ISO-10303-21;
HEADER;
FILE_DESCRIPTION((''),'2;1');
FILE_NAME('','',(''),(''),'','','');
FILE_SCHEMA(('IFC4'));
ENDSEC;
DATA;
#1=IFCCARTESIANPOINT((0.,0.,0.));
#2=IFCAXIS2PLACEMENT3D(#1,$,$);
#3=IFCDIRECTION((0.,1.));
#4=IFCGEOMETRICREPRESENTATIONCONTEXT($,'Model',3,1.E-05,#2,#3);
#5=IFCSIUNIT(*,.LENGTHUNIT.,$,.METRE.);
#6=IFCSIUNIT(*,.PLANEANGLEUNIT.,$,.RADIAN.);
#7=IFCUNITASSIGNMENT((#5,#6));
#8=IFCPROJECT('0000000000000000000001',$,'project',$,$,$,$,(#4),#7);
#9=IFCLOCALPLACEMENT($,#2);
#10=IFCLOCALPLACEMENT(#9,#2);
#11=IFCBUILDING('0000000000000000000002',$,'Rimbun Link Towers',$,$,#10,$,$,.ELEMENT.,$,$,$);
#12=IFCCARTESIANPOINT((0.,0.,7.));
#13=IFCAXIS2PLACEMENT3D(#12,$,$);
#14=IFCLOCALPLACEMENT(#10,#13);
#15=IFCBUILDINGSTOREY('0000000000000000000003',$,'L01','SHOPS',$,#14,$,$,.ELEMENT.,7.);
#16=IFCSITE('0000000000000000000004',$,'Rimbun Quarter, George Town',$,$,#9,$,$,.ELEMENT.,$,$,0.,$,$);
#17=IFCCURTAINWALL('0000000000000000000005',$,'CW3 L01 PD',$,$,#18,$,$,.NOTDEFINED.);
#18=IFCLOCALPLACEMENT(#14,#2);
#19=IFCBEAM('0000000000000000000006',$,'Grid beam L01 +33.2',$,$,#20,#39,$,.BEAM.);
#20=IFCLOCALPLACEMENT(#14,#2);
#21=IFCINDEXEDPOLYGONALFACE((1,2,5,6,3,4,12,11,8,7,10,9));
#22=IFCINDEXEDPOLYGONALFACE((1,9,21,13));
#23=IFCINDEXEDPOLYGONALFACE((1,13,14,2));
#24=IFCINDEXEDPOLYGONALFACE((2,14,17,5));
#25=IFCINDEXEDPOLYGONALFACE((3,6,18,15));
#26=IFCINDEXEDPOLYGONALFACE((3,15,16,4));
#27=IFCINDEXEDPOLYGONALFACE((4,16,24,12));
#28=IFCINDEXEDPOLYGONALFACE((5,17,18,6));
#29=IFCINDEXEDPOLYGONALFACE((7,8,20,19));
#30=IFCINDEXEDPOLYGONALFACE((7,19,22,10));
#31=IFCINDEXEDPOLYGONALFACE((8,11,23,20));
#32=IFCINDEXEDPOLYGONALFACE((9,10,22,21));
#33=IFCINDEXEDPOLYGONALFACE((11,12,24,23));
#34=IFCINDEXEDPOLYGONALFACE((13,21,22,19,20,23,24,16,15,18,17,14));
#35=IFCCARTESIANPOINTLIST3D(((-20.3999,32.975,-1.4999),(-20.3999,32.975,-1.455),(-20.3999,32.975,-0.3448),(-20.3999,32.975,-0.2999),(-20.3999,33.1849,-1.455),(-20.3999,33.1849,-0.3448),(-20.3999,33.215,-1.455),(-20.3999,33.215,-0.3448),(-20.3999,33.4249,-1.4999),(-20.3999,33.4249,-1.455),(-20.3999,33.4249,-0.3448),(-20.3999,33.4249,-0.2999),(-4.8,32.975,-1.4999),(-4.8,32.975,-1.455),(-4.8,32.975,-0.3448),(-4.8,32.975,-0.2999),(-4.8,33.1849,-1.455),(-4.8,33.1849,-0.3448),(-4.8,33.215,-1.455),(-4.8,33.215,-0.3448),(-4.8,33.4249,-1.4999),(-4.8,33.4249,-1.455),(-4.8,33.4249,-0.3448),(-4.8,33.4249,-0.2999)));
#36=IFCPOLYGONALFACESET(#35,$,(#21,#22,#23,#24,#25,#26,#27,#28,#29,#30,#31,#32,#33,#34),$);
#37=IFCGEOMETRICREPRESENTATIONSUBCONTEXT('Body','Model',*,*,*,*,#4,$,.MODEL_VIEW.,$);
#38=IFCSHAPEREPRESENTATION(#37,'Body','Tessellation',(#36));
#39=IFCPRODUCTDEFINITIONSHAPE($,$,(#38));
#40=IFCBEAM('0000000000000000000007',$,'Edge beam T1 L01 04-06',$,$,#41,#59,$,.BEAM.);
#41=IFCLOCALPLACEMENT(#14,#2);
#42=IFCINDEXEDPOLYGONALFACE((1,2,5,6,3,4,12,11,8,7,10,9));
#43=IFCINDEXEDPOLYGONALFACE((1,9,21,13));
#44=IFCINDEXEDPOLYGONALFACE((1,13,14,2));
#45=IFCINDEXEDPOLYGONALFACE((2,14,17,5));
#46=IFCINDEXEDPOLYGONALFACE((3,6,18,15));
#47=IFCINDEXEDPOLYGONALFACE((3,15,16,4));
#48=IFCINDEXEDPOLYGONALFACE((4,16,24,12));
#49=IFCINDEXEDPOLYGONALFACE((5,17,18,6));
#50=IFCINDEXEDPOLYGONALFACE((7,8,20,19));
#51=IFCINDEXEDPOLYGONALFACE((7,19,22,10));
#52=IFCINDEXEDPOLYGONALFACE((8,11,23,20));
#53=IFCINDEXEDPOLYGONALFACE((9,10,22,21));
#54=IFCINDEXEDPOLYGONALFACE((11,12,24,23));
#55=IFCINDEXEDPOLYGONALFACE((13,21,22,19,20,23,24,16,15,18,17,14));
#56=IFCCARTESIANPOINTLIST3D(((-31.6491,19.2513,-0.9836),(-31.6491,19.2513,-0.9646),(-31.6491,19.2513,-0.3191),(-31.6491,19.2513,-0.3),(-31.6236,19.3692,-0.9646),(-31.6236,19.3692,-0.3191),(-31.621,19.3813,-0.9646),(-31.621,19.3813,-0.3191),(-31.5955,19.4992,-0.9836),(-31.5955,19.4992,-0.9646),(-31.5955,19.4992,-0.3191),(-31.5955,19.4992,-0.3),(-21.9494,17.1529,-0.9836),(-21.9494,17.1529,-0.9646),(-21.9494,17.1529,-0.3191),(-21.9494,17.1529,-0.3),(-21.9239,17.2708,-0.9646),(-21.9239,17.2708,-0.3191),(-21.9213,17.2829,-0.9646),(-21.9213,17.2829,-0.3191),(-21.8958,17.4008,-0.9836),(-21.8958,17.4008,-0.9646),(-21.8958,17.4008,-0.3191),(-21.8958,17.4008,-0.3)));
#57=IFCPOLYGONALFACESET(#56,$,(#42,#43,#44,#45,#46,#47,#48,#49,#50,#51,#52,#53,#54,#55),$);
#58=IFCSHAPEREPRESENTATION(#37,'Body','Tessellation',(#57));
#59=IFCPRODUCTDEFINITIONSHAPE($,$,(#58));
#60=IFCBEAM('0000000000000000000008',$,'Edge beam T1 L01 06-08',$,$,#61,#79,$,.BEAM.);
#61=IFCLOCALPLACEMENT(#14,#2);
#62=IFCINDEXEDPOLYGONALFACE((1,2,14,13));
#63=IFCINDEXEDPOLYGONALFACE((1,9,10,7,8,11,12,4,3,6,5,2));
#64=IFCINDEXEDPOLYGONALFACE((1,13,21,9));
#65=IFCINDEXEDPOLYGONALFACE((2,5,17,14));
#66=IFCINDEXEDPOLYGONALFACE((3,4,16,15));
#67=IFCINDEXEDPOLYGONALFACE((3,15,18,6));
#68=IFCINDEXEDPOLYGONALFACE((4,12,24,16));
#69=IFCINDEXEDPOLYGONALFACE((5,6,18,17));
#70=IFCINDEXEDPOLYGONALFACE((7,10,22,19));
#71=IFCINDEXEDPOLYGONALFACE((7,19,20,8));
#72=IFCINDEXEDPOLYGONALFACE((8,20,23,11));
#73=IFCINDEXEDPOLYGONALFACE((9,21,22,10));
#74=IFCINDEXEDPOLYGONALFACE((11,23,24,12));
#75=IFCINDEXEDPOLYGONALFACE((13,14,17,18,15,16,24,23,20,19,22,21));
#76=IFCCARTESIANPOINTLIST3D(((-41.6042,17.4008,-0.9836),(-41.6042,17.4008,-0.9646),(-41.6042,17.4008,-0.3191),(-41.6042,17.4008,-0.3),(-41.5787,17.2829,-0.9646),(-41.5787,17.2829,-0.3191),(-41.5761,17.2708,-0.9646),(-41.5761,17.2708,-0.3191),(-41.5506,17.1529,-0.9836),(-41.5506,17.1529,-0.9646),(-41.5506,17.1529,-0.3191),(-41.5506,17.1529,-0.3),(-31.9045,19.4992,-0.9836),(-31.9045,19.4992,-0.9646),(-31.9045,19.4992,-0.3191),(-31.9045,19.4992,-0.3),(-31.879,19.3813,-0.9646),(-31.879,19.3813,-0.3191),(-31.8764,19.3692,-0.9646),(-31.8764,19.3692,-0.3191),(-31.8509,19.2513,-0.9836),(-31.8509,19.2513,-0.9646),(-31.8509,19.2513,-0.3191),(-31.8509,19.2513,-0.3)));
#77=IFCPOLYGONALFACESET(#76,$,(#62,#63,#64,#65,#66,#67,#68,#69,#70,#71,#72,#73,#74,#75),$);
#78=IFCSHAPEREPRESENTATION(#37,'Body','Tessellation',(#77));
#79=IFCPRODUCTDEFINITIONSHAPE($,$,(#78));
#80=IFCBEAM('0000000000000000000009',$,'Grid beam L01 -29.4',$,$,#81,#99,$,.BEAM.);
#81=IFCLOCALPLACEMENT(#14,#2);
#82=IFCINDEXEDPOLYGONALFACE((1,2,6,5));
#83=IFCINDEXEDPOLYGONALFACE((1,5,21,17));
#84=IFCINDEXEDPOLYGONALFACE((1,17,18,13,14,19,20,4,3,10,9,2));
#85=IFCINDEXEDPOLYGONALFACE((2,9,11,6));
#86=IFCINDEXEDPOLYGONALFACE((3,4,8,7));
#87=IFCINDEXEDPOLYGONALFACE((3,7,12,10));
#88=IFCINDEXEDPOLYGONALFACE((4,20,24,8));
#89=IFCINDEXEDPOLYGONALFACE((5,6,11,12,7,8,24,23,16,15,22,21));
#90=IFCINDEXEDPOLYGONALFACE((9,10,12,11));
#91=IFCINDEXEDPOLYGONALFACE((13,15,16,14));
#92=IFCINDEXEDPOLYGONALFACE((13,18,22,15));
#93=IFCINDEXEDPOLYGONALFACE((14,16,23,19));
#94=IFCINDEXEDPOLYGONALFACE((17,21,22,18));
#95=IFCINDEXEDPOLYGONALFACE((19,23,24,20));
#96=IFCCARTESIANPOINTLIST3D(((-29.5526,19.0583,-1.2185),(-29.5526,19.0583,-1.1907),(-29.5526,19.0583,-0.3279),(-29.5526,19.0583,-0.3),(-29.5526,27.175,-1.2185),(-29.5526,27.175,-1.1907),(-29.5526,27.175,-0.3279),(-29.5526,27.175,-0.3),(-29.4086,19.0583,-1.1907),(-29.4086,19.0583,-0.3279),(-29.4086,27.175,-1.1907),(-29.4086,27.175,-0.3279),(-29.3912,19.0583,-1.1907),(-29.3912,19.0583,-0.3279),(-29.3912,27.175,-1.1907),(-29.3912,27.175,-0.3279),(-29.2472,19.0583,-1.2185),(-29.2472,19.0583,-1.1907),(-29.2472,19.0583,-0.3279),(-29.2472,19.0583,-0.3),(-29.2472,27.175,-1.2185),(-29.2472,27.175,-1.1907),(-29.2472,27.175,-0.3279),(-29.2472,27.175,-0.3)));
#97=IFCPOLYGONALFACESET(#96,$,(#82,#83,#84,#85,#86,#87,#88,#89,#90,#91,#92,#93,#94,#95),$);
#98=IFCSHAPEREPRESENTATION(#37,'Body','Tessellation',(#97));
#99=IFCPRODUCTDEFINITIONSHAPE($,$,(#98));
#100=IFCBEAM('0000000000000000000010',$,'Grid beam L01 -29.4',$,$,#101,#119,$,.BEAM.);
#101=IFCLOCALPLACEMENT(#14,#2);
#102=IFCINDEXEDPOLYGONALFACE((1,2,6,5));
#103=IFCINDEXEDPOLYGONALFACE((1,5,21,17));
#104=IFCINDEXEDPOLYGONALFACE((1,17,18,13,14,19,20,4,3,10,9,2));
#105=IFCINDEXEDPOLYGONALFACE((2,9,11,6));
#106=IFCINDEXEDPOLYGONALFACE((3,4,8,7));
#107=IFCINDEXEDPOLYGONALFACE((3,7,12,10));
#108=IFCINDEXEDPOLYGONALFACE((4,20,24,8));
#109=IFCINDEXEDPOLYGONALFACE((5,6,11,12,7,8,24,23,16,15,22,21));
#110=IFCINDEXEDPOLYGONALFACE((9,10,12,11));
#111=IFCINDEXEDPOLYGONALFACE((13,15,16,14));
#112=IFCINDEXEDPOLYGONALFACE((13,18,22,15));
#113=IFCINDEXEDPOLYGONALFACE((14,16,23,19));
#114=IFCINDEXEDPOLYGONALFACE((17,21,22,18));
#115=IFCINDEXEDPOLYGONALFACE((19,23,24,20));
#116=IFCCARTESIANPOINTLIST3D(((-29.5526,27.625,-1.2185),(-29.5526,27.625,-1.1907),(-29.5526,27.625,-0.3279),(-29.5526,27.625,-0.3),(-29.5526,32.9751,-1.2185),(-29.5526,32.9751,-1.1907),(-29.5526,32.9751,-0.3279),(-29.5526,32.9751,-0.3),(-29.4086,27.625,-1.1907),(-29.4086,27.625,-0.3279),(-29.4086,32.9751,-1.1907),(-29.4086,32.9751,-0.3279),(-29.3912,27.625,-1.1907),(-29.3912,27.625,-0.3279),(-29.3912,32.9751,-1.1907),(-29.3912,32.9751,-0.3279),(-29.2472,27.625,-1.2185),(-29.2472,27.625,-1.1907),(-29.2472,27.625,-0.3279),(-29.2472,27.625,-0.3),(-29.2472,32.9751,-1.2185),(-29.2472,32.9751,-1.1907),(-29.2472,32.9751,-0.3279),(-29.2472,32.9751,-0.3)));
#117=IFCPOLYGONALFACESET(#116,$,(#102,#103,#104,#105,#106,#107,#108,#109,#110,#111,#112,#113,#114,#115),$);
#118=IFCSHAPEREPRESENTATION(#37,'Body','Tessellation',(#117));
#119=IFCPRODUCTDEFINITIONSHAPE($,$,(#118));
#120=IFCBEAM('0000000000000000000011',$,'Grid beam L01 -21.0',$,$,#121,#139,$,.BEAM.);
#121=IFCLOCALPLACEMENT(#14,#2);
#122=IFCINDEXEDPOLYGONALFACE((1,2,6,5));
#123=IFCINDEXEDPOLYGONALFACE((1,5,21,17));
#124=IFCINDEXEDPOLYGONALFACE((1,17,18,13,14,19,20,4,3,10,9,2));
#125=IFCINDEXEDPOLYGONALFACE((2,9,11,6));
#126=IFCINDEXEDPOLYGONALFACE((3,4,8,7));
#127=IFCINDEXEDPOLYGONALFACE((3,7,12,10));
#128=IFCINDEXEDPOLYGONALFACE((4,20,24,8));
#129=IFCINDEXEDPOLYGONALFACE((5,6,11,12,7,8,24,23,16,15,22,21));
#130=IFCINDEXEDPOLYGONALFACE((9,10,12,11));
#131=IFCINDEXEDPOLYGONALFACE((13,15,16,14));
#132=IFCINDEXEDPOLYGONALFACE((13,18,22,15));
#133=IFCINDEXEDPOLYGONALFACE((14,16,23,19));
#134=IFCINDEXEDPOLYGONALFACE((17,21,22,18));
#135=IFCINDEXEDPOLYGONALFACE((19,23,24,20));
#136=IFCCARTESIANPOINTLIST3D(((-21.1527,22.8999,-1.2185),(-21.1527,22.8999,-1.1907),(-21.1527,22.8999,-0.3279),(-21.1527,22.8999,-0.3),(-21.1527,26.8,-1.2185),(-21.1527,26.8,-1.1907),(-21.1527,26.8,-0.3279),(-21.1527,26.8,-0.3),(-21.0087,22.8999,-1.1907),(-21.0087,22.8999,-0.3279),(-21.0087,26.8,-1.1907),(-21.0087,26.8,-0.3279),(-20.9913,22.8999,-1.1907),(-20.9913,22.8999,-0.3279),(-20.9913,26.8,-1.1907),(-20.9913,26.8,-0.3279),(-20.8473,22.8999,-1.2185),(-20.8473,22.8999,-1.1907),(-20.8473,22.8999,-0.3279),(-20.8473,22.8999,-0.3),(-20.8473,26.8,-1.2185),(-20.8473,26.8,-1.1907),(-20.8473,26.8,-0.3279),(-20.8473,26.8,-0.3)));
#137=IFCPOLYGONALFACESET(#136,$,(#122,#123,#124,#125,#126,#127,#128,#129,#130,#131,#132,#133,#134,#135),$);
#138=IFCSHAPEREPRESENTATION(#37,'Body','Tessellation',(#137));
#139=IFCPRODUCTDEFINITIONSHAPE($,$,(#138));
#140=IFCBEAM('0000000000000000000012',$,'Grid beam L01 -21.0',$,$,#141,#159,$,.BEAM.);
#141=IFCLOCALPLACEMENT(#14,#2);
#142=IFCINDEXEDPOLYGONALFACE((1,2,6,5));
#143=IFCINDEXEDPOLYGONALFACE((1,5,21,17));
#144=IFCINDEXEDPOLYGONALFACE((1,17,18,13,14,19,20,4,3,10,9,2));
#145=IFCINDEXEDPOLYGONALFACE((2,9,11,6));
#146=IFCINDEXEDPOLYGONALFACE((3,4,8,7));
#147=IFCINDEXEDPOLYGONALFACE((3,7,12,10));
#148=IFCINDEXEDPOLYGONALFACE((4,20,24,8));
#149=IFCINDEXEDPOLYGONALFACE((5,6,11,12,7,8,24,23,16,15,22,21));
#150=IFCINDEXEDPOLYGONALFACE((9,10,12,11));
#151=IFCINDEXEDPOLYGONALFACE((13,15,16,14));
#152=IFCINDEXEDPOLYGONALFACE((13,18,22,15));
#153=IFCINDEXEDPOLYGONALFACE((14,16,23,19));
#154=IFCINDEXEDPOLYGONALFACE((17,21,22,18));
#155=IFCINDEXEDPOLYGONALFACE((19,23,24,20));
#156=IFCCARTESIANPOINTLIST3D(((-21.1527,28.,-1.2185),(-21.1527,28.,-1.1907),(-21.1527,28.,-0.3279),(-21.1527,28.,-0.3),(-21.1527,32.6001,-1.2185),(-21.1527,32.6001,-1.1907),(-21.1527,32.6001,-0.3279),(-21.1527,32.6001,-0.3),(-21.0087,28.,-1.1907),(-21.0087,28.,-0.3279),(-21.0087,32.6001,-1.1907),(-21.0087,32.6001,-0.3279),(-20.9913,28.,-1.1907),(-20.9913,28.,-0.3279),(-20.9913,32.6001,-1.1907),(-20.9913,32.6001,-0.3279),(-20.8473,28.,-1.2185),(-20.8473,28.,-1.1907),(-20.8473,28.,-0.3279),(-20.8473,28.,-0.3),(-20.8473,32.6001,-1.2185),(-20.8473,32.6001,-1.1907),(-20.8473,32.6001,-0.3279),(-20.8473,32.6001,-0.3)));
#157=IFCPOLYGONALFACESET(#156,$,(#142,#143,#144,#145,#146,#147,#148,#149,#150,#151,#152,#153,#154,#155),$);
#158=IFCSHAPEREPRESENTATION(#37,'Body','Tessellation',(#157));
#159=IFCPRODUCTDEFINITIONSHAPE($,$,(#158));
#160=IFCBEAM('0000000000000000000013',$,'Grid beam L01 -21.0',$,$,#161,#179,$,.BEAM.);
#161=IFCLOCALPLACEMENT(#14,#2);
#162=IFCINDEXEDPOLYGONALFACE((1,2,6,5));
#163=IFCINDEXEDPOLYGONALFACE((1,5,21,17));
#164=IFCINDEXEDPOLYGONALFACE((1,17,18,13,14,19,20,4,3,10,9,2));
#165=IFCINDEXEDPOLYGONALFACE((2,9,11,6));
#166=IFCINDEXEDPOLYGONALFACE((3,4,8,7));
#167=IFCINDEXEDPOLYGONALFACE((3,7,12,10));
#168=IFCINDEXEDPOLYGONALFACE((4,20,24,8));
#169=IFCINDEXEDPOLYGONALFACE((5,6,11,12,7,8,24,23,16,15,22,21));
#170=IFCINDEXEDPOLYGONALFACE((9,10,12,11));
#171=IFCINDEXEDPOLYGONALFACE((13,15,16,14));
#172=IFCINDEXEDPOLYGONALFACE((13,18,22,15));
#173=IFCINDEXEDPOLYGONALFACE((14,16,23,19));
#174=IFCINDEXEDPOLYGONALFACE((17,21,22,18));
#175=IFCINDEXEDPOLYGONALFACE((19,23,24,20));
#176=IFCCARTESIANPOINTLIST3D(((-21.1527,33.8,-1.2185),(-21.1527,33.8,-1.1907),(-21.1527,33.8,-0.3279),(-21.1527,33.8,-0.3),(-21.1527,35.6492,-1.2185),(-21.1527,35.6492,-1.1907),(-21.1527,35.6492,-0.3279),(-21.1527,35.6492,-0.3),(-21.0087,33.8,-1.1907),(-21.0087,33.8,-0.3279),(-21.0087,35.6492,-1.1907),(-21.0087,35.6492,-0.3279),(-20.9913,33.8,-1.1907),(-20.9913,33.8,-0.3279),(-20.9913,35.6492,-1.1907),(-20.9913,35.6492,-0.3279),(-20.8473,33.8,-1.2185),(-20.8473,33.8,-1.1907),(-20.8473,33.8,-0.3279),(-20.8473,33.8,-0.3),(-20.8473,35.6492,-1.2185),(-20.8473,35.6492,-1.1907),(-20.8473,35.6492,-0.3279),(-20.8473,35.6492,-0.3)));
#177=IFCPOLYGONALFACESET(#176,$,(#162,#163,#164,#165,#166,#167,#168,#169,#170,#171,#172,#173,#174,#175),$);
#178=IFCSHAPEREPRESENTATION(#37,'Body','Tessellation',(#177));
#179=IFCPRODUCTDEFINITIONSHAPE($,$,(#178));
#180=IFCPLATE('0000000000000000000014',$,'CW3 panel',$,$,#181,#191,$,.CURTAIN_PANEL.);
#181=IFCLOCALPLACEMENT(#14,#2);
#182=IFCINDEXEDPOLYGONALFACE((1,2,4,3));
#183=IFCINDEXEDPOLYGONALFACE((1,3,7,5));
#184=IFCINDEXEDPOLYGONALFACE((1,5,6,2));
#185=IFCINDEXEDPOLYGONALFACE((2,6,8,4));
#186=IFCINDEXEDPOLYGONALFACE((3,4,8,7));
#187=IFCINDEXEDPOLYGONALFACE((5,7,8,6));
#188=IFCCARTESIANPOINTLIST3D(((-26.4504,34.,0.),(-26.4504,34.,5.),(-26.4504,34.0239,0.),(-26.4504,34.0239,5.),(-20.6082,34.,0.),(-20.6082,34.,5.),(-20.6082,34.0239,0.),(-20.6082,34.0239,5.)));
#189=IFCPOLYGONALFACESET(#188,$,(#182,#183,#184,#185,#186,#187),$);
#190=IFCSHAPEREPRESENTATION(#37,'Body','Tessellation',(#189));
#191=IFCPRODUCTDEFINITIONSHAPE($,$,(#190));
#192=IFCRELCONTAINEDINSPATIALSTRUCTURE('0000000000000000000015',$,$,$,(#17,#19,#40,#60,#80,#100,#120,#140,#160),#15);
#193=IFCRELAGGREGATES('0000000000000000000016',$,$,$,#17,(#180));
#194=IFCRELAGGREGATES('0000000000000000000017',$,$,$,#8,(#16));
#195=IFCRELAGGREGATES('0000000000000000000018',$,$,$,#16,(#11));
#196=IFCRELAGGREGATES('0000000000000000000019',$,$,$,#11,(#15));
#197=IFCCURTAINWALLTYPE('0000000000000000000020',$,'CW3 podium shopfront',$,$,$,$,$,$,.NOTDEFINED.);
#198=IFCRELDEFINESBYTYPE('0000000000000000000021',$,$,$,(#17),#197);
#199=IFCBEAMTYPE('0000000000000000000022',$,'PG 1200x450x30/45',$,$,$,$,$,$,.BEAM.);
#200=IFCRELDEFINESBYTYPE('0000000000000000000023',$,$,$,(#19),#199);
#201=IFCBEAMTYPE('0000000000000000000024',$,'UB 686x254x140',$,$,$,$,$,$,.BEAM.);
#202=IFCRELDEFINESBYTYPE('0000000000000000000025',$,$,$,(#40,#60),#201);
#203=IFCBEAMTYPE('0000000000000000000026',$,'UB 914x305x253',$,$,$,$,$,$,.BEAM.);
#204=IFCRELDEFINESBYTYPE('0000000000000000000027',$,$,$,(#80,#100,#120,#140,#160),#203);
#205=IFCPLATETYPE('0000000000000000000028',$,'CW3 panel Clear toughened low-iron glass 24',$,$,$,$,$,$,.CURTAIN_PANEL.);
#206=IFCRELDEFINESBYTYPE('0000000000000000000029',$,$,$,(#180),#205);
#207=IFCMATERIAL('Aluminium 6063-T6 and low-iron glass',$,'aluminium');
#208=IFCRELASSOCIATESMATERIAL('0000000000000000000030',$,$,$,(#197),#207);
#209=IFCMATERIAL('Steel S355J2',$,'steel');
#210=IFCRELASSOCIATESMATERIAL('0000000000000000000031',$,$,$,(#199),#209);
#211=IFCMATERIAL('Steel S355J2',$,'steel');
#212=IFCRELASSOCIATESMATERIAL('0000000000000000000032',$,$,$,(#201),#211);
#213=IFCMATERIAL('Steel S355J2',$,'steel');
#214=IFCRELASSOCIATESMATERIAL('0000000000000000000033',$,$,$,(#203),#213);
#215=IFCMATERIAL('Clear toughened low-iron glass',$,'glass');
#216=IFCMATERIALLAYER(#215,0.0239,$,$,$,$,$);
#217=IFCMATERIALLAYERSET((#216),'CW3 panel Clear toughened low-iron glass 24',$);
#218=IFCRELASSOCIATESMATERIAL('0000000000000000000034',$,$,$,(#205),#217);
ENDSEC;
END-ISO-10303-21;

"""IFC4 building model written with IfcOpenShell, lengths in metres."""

from ifc_helpers import new_model, si_unit, direction, frame, origin, origin_2d, place, context, subcontext, project, spatial, rectangle, i_section, extrude, material, layer, layer_set, material_profile, profile_set, type_object, element, aggregate, save


model = new_model("IFC4")

# Units and contexts
model_context = context("Model", 3, precision=1e-05, world=origin(), true_north=direction((0.0, 1.0)))
body_context = subcontext(model_context, "Body", "Model", "MODEL_VIEW")
ifc_project = project(units=[si_unit("LENGTHUNIT", "METRE"), si_unit("PLANEANGLEUNIT", "RADIAN")], contexts=[model_context])

# Site, building, storey
site_placement = place(None, origin())
site = spatial("IfcSite", under=ifc_project, at=site_placement, Name="Rimbun Quarter, George Town", CompositionType="ELEMENT", RefElevation=0.0)
building_placement = place(site_placement, origin())
building = spatial("IfcBuilding", under=site, at=building_placement, Name="Rimbun Link Towers", CompositionType="ELEMENT")
storey_placement = place(building_placement, frame((0.0, 0.0, 7.0)))
storey = spatial("IfcBuildingStorey", under=building, at=storey_placement, Name="L01", Description="SHOPS", CompositionType="ELEMENT", Elevation=7.0)

# Curtain wall
ifc_material_1 = material(Name="Aluminium 6063-T6 and low-iron glass", Category="aluminium")
curtain_wall_type = type_object("IfcCurtainWallType", Name="CW3 podium shopfront", PredefinedType="NOTDEFINED", material=ifc_material_1)
curtain_wall_placement = place(storey_placement, origin())
curtain_wall = element("IfcCurtainWall", 1, at=curtain_wall_placement, inside=storey, type_object=curtain_wall_type, Name="CW3 L01 PD", PredefinedType="NOTDEFINED")

# Beams
ifc_material_2 = material(Name="Steel S355J2", Category="steel")
ifc_material_profile_1 = material_profile(ifc_material_2, i_section(OverallWidth=0.45, OverallDepth=1.2, WebThickness=0.03, FlangeThickness=0.0449, at=origin_2d()), Name="PG 1200x450x30/45")
ifc_profile_set_1 = profile_set([ifc_material_profile_1], Name="Steel S355J2")
beam_type_1 = type_object("IfcBeamType", Name="PG 1200x450x30/45", PredefinedType="BEAM", material=ifc_profile_set_1)
for number, where, z_axis, x_axis, name in (
    (2, (-20.3999, 33.2, -0.8999), (1.0, 0.0, 0.0), (0.0, 1.0, 0.0), "Grid beam L01 +33.2"),
):
    element("IfcBeam", number, at=place(storey_placement, frame(where, z_axis=z_axis, x_axis=x_axis)), inside=storey, type_object=beam_type_1, Name=name, PredefinedType="BEAM", context=body_context, shape_type="SweptSolid", body=[
        extrude(i_section(OverallWidth=0.45, OverallDepth=1.2, WebThickness=0.03, FlangeThickness=0.0449, at=origin_2d()), origin(), (0.0, 0.0, 1.0), 15.5999),
    ])
ifc_material_3 = material(Name="Steel S355J2", Category="steel")
ifc_material_profile_2 = material_profile(ifc_material_3, i_section(OverallWidth=0.2537, OverallDepth=0.6836, WebThickness=0.0125, FlangeThickness=0.019, at=origin_2d()), Name="UB 686x254x140")
ifc_profile_set_2 = profile_set([ifc_material_profile_2], Name="Steel S355J2")
beam_type_2 = type_object("IfcBeamType", Name="UB 686x254x140", PredefinedType="BEAM", material=ifc_profile_set_2)
for number, where, z_axis, x_axis, name in (
    (3, (-21.9226, 17.2769, -0.6418), (-0.97739, 0.211444, 0.0), (-0.211444, -0.97739, 0.0), "Edge beam T1 L01 04-06"),
    (4, (-31.8777, 19.3752, -0.6418), (-0.97739, -0.211444, 0.0), (0.211444, -0.97739, 0.0), "Edge beam T1 L01 06-08"),
):
    element("IfcBeam", number, at=place(storey_placement, frame(where, z_axis=z_axis, x_axis=x_axis)), inside=storey, type_object=beam_type_2, Name=name, PredefinedType="BEAM", context=body_context, shape_type="SweptSolid", body=[
        extrude(i_section(OverallWidth=0.2537, OverallDepth=0.6836, WebThickness=0.0125, FlangeThickness=0.019, at=origin_2d()), origin(), (0.0, 0.0, 1.0), 9.9241),
    ])
ifc_material_4 = material(Name="Steel S355J2", Category="steel")
ifc_material_profile_3 = material_profile(ifc_material_4, i_section(OverallWidth=0.3054, OverallDepth=0.9185, WebThickness=0.0173, FlangeThickness=0.0278, at=origin_2d()), Name="UB 914x305x253")
ifc_profile_set_3 = profile_set([ifc_material_profile_3], Name="Steel S355J2")
beam_type_3 = type_object("IfcBeamType", Name="UB 914x305x253", PredefinedType="BEAM", material=ifc_profile_set_3)
beam_1_placement = place(storey_placement, frame((-29.3999, 19.0583, -0.7593), z_axis=(0.0, 1.0, 0.0), x_axis=(-1.0, 0.0, 0.0)))
element("IfcBeam", 5, at=beam_1_placement, inside=storey, type_object=beam_type_3, Name="Grid beam L01 -29.4", PredefinedType="BEAM", context=body_context, shape_type="SweptSolid", body=[
    extrude(i_section(OverallWidth=0.3054, OverallDepth=0.9185, WebThickness=0.0173, FlangeThickness=0.0278, at=origin_2d()), origin(), (0.0, 0.0, 1.0), 8.1167),
])
beam_2_placement = place(storey_placement, frame((-29.3999, 27.625, -0.7593), z_axis=(0.0, 1.0, 0.0), x_axis=(-1.0, 0.0, 0.0)))
element("IfcBeam", 6, at=beam_2_placement, inside=storey, type_object=beam_type_3, Name="Grid beam L01 -29.4", PredefinedType="BEAM", context=body_context, shape_type="SweptSolid", body=[
    extrude(i_section(OverallWidth=0.3054, OverallDepth=0.9185, WebThickness=0.0173, FlangeThickness=0.0278, at=origin_2d()), origin(), (0.0, 0.0, 1.0), 5.3501),
])
beam_3_placement = place(storey_placement, frame((-21.0, 22.8999, -0.7593), z_axis=(0.0, 1.0, 0.0), x_axis=(-1.0, 0.0, 0.0)))
element("IfcBeam", 7, at=beam_3_placement, inside=storey, type_object=beam_type_3, Name="Grid beam L01 -21.0", PredefinedType="BEAM", context=body_context, shape_type="SweptSolid", body=[
    extrude(i_section(OverallWidth=0.3054, OverallDepth=0.9185, WebThickness=0.0173, FlangeThickness=0.0278, at=origin_2d()), origin(), (0.0, 0.0, 1.0), 3.9001),
])
beam_4_placement = place(storey_placement, frame((-21.0, 28.0, -0.7593), z_axis=(0.0, 1.0, 0.0), x_axis=(-1.0, 0.0, 0.0)))
element("IfcBeam", 8, at=beam_4_placement, inside=storey, type_object=beam_type_3, Name="Grid beam L01 -21.0", PredefinedType="BEAM", context=body_context, shape_type="SweptSolid", body=[
    extrude(i_section(OverallWidth=0.3054, OverallDepth=0.9185, WebThickness=0.0173, FlangeThickness=0.0278, at=origin_2d()), origin(), (0.0, 0.0, 1.0), 4.6001),
])
beam_5_placement = place(storey_placement, frame((-21.0, 33.8, -0.7593), z_axis=(0.0, 1.0, 0.0), x_axis=(-1.0, 0.0, 0.0)))
element("IfcBeam", 9, at=beam_5_placement, inside=storey, type_object=beam_type_3, Name="Grid beam L01 -21.0", PredefinedType="BEAM", context=body_context, shape_type="SweptSolid", body=[
    extrude(i_section(OverallWidth=0.3054, OverallDepth=0.9185, WebThickness=0.0173, FlangeThickness=0.0278, at=origin_2d()), origin(), (0.0, 0.0, 1.0), 1.8491),
])

# Plate
ifc_material_5 = material(Name="Clear toughened low-iron glass", Category="glass")
ifc_layer_1 = layer(ifc_material_5, 0.0239)
ifc_layer_set_1 = layer_set([ifc_layer_1], Name="CW3 panel Clear toughened low-iron glass 24")
plate_type = type_object("IfcPlateType", Name="CW3 panel Clear toughened low-iron glass 24", PredefinedType="CURTAIN_PANEL", material=ifc_layer_set_1)
plate_1_placement = place(storey_placement, frame((-23.5293, 34.012, 0.0), z_axis=(0.0, 0.0, 1.0), x_axis=(1.0, 0.0, 0.0)))
plate_1 = element("IfcPlate", 10, at=plate_1_placement, type_object=plate_type, Name="CW3 panel", PredefinedType="CURTAIN_PANEL", context=body_context, shape_type="SweptSolid", body=[
    extrude(rectangle(XDim=5.8423, YDim=0.0239, at=origin_2d()), origin(), (0.0, 0.0, 1.0), 5.0),
])
aggregate(curtain_wall, [plate_1])

save(model, "model.ifc")
